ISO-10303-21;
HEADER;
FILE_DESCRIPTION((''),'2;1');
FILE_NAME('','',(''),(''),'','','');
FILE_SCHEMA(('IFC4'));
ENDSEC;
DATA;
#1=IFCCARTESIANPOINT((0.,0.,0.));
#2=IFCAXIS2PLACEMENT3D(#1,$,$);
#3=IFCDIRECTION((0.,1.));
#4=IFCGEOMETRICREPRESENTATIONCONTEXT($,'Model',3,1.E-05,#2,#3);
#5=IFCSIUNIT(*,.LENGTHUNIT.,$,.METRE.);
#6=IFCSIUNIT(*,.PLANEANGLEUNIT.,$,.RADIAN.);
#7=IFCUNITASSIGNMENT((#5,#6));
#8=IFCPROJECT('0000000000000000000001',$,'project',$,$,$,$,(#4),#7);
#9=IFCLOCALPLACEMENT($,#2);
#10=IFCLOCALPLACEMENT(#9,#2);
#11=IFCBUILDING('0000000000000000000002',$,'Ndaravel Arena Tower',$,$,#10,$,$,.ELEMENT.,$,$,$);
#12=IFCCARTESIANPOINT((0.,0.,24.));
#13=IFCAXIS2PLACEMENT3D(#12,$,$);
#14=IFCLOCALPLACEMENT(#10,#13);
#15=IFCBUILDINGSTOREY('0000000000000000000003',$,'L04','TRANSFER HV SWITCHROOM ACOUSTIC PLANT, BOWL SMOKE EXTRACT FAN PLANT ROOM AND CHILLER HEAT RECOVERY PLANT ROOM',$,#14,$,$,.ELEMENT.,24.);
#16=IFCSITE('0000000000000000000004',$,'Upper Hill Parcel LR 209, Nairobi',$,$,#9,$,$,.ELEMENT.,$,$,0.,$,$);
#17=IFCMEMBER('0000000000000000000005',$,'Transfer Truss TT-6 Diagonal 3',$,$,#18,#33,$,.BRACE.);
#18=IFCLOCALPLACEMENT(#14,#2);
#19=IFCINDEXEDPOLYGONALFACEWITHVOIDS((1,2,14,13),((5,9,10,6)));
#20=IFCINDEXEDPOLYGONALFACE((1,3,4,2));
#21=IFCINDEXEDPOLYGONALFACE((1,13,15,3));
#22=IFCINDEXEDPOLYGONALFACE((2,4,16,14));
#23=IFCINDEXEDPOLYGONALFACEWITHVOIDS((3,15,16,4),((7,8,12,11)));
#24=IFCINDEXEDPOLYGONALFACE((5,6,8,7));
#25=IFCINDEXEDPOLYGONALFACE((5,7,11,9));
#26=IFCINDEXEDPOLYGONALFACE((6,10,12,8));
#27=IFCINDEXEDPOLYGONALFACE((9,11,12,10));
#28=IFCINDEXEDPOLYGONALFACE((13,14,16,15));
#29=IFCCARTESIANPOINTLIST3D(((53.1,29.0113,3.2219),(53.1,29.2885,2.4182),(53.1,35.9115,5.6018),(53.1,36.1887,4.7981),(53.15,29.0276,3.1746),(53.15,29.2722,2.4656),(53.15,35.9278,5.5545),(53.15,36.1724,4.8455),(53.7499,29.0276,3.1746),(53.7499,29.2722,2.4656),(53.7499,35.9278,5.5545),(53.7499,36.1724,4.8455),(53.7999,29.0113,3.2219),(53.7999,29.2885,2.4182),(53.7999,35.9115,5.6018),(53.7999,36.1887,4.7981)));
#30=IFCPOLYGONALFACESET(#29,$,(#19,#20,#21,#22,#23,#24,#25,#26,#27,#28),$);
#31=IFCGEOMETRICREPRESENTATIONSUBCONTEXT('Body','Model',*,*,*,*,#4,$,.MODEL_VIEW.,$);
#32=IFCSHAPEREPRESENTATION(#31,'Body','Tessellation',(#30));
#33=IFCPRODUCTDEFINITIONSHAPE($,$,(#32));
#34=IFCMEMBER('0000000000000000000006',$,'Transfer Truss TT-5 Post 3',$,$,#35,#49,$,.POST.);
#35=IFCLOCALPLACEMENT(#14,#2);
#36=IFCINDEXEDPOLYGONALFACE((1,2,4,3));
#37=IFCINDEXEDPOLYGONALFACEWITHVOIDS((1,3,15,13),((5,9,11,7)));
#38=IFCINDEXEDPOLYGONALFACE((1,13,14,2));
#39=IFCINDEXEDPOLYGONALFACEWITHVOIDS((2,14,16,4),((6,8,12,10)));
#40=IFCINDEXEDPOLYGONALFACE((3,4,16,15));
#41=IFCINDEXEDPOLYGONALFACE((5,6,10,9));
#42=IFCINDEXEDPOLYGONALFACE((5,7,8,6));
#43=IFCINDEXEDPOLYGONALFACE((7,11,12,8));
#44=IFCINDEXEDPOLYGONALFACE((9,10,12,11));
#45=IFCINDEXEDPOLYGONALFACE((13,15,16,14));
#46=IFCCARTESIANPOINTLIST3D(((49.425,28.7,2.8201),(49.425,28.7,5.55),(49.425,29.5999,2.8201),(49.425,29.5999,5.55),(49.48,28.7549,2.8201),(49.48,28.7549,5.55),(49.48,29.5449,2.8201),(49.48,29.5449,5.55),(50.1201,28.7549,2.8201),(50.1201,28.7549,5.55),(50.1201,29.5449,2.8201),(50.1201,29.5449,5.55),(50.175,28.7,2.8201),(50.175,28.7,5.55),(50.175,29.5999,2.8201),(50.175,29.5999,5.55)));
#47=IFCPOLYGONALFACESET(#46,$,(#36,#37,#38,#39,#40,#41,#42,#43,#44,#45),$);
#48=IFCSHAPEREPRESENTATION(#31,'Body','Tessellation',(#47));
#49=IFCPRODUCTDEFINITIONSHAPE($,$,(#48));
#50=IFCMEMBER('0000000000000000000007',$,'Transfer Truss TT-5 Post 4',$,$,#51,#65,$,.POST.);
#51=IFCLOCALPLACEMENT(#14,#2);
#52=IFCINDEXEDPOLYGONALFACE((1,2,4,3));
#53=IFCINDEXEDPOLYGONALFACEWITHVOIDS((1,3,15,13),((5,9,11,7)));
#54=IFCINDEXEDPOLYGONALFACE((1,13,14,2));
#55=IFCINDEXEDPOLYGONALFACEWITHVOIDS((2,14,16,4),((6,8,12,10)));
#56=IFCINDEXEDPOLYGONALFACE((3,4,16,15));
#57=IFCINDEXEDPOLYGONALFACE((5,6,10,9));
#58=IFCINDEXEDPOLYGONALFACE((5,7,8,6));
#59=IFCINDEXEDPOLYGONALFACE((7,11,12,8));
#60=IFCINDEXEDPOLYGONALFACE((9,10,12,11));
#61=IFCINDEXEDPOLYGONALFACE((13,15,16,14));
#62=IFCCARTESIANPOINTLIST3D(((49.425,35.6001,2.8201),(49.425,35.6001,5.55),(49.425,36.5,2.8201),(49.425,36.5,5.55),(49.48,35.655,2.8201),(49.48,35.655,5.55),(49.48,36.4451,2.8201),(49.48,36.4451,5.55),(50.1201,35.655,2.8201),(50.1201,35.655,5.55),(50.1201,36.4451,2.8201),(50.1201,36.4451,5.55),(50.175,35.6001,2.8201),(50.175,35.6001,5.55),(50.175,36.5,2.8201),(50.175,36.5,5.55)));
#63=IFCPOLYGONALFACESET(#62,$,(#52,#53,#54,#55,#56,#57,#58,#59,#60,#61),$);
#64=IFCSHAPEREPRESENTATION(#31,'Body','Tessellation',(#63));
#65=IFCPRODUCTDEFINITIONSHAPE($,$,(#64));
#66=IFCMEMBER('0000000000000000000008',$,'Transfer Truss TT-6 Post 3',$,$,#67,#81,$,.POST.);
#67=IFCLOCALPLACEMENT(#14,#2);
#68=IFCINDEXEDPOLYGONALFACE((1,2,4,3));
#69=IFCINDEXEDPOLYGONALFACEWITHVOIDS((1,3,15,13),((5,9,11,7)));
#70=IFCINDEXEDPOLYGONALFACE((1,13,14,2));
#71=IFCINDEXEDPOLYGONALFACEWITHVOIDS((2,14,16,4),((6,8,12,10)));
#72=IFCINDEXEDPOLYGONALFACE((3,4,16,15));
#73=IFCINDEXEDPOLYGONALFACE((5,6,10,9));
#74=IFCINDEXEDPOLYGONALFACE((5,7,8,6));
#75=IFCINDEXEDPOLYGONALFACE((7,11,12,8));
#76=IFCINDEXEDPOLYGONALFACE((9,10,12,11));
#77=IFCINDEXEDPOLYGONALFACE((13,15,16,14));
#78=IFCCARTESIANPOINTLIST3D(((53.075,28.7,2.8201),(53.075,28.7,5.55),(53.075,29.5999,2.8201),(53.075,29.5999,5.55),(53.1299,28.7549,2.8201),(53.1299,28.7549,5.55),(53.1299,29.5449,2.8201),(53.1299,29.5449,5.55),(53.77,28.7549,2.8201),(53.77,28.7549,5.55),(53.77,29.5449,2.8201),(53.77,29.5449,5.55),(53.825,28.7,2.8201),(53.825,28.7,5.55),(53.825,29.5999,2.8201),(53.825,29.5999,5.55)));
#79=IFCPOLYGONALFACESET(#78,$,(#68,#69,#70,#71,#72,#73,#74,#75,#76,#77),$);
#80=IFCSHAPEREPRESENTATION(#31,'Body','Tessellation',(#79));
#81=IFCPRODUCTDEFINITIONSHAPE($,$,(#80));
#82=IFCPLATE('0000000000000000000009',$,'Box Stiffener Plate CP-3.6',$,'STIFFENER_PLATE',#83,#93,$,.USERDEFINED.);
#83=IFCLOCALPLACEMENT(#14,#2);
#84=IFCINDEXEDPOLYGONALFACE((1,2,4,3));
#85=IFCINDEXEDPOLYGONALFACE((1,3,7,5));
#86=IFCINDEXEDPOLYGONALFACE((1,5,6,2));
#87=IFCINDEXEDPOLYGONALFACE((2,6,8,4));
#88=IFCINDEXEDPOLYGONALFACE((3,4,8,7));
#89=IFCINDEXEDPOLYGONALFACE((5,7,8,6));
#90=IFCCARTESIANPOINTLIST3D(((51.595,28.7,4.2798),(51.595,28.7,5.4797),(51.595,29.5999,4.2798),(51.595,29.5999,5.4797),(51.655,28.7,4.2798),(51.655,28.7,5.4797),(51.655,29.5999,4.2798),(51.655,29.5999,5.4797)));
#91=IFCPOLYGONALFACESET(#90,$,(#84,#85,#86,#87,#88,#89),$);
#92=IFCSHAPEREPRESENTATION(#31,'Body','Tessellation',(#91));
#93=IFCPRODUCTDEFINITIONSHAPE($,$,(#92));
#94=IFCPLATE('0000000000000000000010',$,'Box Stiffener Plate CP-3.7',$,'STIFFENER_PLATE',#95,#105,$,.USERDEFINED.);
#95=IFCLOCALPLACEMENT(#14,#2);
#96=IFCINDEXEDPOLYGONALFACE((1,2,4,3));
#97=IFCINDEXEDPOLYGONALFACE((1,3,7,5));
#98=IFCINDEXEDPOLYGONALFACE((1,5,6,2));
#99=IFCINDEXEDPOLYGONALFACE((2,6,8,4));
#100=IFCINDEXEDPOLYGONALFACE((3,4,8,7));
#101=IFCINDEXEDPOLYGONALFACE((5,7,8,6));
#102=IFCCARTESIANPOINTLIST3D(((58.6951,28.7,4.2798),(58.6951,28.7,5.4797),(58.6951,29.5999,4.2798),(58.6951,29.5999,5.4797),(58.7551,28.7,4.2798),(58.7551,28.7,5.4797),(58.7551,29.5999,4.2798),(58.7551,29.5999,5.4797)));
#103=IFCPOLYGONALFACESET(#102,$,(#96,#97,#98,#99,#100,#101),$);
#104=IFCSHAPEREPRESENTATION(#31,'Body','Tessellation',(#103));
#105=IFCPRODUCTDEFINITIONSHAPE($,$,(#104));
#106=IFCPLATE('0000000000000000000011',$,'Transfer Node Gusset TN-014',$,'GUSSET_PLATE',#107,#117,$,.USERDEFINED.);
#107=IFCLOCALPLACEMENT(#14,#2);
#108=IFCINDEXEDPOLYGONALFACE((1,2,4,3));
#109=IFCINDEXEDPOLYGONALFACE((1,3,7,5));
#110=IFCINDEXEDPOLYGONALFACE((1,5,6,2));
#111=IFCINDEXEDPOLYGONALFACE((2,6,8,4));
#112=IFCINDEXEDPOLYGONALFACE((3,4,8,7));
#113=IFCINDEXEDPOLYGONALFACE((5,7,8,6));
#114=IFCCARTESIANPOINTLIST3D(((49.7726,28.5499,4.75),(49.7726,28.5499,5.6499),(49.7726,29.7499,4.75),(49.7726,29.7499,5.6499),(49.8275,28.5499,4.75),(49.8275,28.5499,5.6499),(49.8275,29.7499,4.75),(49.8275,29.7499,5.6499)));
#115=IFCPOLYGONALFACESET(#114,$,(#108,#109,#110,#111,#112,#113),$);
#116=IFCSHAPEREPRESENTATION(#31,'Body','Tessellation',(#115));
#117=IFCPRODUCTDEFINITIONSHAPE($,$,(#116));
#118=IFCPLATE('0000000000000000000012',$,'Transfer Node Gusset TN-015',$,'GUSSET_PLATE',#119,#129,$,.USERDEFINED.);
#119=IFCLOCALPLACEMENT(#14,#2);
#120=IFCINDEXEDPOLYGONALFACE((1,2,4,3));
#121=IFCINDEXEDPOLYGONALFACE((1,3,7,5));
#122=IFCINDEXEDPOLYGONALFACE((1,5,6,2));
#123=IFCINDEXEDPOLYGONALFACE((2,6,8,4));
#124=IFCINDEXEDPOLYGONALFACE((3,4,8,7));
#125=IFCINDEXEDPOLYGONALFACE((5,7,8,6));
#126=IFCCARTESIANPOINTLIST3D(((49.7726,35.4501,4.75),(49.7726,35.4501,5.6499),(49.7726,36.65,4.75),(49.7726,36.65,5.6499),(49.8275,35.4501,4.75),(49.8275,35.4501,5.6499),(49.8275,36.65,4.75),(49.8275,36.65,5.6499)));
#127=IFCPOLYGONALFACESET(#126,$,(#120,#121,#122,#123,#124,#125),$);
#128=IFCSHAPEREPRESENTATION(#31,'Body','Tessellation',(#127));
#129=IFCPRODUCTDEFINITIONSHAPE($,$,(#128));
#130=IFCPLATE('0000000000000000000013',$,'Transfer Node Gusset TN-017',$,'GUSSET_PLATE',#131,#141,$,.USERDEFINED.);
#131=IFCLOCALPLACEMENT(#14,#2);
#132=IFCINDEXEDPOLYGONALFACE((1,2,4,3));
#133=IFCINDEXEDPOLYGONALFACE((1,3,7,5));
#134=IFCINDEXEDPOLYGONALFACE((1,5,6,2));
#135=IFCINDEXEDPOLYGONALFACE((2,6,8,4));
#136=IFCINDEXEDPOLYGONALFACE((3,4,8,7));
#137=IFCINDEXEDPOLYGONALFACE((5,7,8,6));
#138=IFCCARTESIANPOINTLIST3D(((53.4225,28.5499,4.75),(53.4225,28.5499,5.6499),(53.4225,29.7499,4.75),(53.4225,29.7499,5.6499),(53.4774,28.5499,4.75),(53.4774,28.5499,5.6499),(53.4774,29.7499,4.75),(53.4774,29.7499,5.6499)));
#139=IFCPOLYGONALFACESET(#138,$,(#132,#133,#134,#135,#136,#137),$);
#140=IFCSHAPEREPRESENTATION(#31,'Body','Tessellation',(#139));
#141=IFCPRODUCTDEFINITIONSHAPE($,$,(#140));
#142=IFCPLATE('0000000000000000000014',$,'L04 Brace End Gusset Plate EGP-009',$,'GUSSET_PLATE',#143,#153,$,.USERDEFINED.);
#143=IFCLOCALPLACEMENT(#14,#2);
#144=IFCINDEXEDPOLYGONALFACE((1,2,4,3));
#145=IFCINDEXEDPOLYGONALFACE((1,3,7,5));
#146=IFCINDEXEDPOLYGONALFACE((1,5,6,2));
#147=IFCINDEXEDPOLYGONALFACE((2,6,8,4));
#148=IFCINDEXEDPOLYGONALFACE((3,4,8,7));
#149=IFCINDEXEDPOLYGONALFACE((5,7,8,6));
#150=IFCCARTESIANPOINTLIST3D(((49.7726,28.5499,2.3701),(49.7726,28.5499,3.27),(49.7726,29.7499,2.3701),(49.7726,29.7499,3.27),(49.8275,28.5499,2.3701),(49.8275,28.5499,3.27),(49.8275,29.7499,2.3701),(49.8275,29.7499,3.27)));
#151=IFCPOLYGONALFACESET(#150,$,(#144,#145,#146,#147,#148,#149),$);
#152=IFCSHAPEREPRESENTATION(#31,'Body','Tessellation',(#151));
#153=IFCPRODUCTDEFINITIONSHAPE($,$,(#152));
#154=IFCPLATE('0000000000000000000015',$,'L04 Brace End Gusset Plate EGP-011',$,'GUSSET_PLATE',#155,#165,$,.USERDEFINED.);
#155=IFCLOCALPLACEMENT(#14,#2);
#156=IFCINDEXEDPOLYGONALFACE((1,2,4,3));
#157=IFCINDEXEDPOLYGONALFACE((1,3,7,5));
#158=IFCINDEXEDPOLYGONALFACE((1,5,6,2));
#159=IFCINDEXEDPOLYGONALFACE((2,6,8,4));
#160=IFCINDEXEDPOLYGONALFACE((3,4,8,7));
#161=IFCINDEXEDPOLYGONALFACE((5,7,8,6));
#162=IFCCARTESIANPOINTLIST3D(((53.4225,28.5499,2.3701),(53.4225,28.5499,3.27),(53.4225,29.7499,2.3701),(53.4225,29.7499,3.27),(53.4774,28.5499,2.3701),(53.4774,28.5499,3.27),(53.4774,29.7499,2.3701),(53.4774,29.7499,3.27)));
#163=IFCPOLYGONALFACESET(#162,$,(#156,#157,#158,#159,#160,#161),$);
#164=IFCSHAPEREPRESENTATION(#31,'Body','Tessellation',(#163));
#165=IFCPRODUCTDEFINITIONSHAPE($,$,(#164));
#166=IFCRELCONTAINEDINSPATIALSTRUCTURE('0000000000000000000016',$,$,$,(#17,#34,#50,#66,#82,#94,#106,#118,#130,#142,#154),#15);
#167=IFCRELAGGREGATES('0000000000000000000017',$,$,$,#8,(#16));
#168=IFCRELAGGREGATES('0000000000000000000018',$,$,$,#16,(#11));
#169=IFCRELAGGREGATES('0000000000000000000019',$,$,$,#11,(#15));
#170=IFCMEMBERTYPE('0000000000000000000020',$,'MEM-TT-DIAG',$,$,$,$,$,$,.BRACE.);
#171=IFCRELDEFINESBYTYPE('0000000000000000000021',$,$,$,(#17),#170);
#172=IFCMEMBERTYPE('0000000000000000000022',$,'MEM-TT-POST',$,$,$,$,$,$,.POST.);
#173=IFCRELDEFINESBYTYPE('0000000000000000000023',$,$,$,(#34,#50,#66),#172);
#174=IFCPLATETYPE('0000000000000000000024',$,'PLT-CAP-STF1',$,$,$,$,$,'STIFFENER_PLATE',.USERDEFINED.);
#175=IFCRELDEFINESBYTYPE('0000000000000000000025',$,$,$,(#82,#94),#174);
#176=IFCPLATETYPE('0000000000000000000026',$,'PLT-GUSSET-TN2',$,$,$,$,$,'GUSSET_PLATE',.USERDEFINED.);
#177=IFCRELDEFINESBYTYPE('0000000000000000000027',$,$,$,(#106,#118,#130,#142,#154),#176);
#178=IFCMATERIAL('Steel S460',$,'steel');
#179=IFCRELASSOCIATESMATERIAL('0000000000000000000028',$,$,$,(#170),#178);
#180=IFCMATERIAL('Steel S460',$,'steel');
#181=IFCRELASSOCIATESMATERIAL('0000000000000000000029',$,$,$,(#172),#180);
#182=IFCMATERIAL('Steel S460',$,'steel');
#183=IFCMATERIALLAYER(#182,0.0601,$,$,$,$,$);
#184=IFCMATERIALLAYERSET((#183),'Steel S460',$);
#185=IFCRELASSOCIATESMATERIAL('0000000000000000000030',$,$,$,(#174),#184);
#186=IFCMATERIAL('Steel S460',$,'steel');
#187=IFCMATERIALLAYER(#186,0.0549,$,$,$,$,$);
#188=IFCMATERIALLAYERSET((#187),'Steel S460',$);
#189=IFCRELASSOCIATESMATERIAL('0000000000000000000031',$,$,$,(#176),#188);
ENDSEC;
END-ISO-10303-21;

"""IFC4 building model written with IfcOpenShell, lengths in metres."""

from ifc_helpers import new_model, si_unit, direction, frame, origin, origin_2d, place, context, subcontext, project, spatial, rectangle, hollow_rectangle, extrude, material, layer, layer_set, material_profile, profile_set, type_object, element, save


model = new_model("IFC4")

# Units and contexts
model_context = context("Model", 3, precision=1e-05, world=origin(), true_north=direction((0.0, 1.0)))
body_context = subcontext(model_context, "Body", "Model", "MODEL_VIEW")
ifc_project = project(units=[si_unit("LENGTHUNIT", "METRE"), si_unit("PLANEANGLEUNIT", "RADIAN")], contexts=[model_context])

# Site, building, storey
site_placement = place(None, origin())
site = spatial("IfcSite", under=ifc_project, at=site_placement, Name="Upper Hill Parcel LR 209, Nairobi", CompositionType="ELEMENT", RefElevation=0.0)
building_placement = place(site_placement, origin())
building = spatial("IfcBuilding", under=site, at=building_placement, Name="Ndaravel Arena Tower", CompositionType="ELEMENT")
storey_placement = place(building_placement, frame((0.0, 0.0, 24.0)))
storey = spatial("IfcBuildingStorey", under=building, at=storey_placement, Name="L04", Description="TRANSFER HV SWITCHROOM ACOUSTIC PLANT, BOWL SMOKE EXTRACT FAN PLANT ROOM AND CHILLER HEAT RECOVERY PLANT ROOM", CompositionType="ELEMENT", Elevation=24.0)

# Members
ifc_material_1 = material(Name="Steel S460", Category="steel")
ifc_material_profile_1 = material_profile(ifc_material_1, hollow_rectangle(XDim=0.7, YDim=0.8501, WallThickness=0.05, at=origin_2d()), Name="BOX 850x700x50")
ifc_profile_set_1 = profile_set([ifc_material_profile_1], Name="Steel S460")
member_type_1 = type_object("IfcMemberType", Name="MEM-TT-DIAG", PredefinedType="BRACE", material=ifc_profile_set_1)
member_1_placement = place(storey_placement, frame((53.45, 29.1499, 2.8201), z_axis=(0.0, 0.945351, 0.326055), x_axis=(-1.0, 0.0, 0.0)))
element("IfcMember", 1, at=member_1_placement, inside=storey, type_object=member_type_1, Name="Transfer Truss TT-6 Diagonal 3", PredefinedType="BRACE", context=body_context, shape_type="SweptSolid", body=[
    extrude(hollow_rectangle(XDim=0.7, YDim=0.8501, WallThickness=0.05, at=origin_2d()), origin(), (0.0, 0.0, 1.0), 7.2991),
])
ifc_material_2 = material(Name="Steel S460", Category="steel")
ifc_material_profile_2 = material_profile(ifc_material_2, hollow_rectangle(XDim=0.75, YDim=0.8999, WallThickness=0.0549, at=origin_2d()), Name="BOX 900x750x55")
ifc_profile_set_2 = profile_set([ifc_material_profile_2], Name="Steel S460")
member_type_2 = type_object("IfcMemberType", Name="MEM-TT-POST", PredefinedType="POST", material=ifc_profile_set_2)
for number, where, z_axis, x_axis, name in (
    (2, (49.8, 29.1499, 2.8201), (0.0, 0.0, 1.0), (1.0, 0.0, 0.0), "Transfer Truss TT-5 Post 3"),
    (3, (49.8, 36.05, 2.8201), (0.0, 0.0, 1.0), (1.0, 0.0, 0.0), "Transfer Truss TT-5 Post 4"),
    (4, (53.45, 29.1499, 2.8201), (0.0, 0.0, 1.0), (1.0, 0.0, 0.0), "Transfer Truss TT-6 Post 3"),
):
    element("IfcMember", number, at=place(storey_placement, frame(where, z_axis=z_axis, x_axis=x_axis)), inside=storey, type_object=member_type_2, Name=name, PredefinedType="POST", context=body_context, shape_type="SweptSolid", body=[
        extrude(hollow_rectangle(XDim=0.75, YDim=0.8999, WallThickness=0.0549, at=origin_2d()), origin(), (0.0, 0.0, 1.0), 2.73),
    ])

# Plates
ifc_material_3 = material(Name="Steel S460", Category="steel")
ifc_layer_1 = layer(ifc_material_3, 0.0601)
ifc_layer_set_1 = layer_set([ifc_layer_1], Name="Steel S460")
plate_type_1 = type_object("IfcPlateType", Name="PLT-CAP-STF1", ElementType="STIFFENER_PLATE", PredefinedType="USERDEFINED", material=ifc_layer_set_1)
for number, where, z_axis, x_axis, name in (
    (5, (51.625, 29.1499, 4.2798), (0.0, 0.0, 1.0), (1.0, 0.0, 0.0), "Box Stiffener Plate CP-3.6"),
    (6, (58.7251, 29.1499, 4.2798), (0.0, 0.0, 1.0), (1.0, 0.0, 0.0), "Box Stiffener Plate CP-3.7"),
):
    element("IfcPlate", number, at=place(storey_placement, frame(where, z_axis=z_axis, x_axis=x_axis)), inside=storey, type_object=plate_type_1, Name=name, ObjectType="STIFFENER_PLATE", PredefinedType="USERDEFINED", context=body_context, shape_type="SweptSolid", body=[
        extrude(rectangle(XDim=0.0601, YDim=0.8999, at=origin_2d()), origin(), (0.0, 0.0, 1.0), 1.2),
    ])
ifc_material_4 = material(Name="Steel S460", Category="steel")
ifc_layer_2 = layer(ifc_material_4, 0.0549)
ifc_layer_set_2 = layer_set([ifc_layer_2], Name="Steel S460")
plate_type_2 = type_object("IfcPlateType", Name="PLT-GUSSET-TN2", ElementType="GUSSET_PLATE", PredefinedType="USERDEFINED", material=ifc_layer_set_2)
for number, where, z_axis, x_axis, name in (
    (7, (49.8, 29.1499, 4.75), (0.0, 0.0, 1.0), (1.0, 0.0, 0.0), "Transfer Node Gusset TN-014"),
    (8, (49.8, 36.05, 4.75), (0.0, 0.0, 1.0), (1.0, 0.0, 0.0), "Transfer Node Gusset TN-015"),
    (9, (53.45, 29.1499, 4.75), (0.0, 0.0, 1.0), (1.0, 0.0, 0.0), "Transfer Node Gusset TN-017"),
    (10, (49.8, 29.1499, 2.3701), (0.0, 0.0, 1.0), (1.0, 0.0, 0.0), "L04 Brace End Gusset Plate EGP-009"),
    (11, (53.45, 29.1499, 2.3701), (0.0, 0.0, 1.0), (1.0, 0.0, 0.0), "L04 Brace End Gusset Plate EGP-011"),
):
    element("IfcPlate", number, at=place(storey_placement, frame(where, z_axis=z_axis, x_axis=x_axis)), inside=storey, type_object=plate_type_2, Name=name, ObjectType="GUSSET_PLATE", PredefinedType="USERDEFINED", context=body_context, shape_type="SweptSolid", body=[
        extrude(rectangle(XDim=0.0549, YDim=1.2, at=origin_2d()), origin(), (0.0, 0.0, 1.0), 0.8999),
    ])

save(model, "model.ifc")
